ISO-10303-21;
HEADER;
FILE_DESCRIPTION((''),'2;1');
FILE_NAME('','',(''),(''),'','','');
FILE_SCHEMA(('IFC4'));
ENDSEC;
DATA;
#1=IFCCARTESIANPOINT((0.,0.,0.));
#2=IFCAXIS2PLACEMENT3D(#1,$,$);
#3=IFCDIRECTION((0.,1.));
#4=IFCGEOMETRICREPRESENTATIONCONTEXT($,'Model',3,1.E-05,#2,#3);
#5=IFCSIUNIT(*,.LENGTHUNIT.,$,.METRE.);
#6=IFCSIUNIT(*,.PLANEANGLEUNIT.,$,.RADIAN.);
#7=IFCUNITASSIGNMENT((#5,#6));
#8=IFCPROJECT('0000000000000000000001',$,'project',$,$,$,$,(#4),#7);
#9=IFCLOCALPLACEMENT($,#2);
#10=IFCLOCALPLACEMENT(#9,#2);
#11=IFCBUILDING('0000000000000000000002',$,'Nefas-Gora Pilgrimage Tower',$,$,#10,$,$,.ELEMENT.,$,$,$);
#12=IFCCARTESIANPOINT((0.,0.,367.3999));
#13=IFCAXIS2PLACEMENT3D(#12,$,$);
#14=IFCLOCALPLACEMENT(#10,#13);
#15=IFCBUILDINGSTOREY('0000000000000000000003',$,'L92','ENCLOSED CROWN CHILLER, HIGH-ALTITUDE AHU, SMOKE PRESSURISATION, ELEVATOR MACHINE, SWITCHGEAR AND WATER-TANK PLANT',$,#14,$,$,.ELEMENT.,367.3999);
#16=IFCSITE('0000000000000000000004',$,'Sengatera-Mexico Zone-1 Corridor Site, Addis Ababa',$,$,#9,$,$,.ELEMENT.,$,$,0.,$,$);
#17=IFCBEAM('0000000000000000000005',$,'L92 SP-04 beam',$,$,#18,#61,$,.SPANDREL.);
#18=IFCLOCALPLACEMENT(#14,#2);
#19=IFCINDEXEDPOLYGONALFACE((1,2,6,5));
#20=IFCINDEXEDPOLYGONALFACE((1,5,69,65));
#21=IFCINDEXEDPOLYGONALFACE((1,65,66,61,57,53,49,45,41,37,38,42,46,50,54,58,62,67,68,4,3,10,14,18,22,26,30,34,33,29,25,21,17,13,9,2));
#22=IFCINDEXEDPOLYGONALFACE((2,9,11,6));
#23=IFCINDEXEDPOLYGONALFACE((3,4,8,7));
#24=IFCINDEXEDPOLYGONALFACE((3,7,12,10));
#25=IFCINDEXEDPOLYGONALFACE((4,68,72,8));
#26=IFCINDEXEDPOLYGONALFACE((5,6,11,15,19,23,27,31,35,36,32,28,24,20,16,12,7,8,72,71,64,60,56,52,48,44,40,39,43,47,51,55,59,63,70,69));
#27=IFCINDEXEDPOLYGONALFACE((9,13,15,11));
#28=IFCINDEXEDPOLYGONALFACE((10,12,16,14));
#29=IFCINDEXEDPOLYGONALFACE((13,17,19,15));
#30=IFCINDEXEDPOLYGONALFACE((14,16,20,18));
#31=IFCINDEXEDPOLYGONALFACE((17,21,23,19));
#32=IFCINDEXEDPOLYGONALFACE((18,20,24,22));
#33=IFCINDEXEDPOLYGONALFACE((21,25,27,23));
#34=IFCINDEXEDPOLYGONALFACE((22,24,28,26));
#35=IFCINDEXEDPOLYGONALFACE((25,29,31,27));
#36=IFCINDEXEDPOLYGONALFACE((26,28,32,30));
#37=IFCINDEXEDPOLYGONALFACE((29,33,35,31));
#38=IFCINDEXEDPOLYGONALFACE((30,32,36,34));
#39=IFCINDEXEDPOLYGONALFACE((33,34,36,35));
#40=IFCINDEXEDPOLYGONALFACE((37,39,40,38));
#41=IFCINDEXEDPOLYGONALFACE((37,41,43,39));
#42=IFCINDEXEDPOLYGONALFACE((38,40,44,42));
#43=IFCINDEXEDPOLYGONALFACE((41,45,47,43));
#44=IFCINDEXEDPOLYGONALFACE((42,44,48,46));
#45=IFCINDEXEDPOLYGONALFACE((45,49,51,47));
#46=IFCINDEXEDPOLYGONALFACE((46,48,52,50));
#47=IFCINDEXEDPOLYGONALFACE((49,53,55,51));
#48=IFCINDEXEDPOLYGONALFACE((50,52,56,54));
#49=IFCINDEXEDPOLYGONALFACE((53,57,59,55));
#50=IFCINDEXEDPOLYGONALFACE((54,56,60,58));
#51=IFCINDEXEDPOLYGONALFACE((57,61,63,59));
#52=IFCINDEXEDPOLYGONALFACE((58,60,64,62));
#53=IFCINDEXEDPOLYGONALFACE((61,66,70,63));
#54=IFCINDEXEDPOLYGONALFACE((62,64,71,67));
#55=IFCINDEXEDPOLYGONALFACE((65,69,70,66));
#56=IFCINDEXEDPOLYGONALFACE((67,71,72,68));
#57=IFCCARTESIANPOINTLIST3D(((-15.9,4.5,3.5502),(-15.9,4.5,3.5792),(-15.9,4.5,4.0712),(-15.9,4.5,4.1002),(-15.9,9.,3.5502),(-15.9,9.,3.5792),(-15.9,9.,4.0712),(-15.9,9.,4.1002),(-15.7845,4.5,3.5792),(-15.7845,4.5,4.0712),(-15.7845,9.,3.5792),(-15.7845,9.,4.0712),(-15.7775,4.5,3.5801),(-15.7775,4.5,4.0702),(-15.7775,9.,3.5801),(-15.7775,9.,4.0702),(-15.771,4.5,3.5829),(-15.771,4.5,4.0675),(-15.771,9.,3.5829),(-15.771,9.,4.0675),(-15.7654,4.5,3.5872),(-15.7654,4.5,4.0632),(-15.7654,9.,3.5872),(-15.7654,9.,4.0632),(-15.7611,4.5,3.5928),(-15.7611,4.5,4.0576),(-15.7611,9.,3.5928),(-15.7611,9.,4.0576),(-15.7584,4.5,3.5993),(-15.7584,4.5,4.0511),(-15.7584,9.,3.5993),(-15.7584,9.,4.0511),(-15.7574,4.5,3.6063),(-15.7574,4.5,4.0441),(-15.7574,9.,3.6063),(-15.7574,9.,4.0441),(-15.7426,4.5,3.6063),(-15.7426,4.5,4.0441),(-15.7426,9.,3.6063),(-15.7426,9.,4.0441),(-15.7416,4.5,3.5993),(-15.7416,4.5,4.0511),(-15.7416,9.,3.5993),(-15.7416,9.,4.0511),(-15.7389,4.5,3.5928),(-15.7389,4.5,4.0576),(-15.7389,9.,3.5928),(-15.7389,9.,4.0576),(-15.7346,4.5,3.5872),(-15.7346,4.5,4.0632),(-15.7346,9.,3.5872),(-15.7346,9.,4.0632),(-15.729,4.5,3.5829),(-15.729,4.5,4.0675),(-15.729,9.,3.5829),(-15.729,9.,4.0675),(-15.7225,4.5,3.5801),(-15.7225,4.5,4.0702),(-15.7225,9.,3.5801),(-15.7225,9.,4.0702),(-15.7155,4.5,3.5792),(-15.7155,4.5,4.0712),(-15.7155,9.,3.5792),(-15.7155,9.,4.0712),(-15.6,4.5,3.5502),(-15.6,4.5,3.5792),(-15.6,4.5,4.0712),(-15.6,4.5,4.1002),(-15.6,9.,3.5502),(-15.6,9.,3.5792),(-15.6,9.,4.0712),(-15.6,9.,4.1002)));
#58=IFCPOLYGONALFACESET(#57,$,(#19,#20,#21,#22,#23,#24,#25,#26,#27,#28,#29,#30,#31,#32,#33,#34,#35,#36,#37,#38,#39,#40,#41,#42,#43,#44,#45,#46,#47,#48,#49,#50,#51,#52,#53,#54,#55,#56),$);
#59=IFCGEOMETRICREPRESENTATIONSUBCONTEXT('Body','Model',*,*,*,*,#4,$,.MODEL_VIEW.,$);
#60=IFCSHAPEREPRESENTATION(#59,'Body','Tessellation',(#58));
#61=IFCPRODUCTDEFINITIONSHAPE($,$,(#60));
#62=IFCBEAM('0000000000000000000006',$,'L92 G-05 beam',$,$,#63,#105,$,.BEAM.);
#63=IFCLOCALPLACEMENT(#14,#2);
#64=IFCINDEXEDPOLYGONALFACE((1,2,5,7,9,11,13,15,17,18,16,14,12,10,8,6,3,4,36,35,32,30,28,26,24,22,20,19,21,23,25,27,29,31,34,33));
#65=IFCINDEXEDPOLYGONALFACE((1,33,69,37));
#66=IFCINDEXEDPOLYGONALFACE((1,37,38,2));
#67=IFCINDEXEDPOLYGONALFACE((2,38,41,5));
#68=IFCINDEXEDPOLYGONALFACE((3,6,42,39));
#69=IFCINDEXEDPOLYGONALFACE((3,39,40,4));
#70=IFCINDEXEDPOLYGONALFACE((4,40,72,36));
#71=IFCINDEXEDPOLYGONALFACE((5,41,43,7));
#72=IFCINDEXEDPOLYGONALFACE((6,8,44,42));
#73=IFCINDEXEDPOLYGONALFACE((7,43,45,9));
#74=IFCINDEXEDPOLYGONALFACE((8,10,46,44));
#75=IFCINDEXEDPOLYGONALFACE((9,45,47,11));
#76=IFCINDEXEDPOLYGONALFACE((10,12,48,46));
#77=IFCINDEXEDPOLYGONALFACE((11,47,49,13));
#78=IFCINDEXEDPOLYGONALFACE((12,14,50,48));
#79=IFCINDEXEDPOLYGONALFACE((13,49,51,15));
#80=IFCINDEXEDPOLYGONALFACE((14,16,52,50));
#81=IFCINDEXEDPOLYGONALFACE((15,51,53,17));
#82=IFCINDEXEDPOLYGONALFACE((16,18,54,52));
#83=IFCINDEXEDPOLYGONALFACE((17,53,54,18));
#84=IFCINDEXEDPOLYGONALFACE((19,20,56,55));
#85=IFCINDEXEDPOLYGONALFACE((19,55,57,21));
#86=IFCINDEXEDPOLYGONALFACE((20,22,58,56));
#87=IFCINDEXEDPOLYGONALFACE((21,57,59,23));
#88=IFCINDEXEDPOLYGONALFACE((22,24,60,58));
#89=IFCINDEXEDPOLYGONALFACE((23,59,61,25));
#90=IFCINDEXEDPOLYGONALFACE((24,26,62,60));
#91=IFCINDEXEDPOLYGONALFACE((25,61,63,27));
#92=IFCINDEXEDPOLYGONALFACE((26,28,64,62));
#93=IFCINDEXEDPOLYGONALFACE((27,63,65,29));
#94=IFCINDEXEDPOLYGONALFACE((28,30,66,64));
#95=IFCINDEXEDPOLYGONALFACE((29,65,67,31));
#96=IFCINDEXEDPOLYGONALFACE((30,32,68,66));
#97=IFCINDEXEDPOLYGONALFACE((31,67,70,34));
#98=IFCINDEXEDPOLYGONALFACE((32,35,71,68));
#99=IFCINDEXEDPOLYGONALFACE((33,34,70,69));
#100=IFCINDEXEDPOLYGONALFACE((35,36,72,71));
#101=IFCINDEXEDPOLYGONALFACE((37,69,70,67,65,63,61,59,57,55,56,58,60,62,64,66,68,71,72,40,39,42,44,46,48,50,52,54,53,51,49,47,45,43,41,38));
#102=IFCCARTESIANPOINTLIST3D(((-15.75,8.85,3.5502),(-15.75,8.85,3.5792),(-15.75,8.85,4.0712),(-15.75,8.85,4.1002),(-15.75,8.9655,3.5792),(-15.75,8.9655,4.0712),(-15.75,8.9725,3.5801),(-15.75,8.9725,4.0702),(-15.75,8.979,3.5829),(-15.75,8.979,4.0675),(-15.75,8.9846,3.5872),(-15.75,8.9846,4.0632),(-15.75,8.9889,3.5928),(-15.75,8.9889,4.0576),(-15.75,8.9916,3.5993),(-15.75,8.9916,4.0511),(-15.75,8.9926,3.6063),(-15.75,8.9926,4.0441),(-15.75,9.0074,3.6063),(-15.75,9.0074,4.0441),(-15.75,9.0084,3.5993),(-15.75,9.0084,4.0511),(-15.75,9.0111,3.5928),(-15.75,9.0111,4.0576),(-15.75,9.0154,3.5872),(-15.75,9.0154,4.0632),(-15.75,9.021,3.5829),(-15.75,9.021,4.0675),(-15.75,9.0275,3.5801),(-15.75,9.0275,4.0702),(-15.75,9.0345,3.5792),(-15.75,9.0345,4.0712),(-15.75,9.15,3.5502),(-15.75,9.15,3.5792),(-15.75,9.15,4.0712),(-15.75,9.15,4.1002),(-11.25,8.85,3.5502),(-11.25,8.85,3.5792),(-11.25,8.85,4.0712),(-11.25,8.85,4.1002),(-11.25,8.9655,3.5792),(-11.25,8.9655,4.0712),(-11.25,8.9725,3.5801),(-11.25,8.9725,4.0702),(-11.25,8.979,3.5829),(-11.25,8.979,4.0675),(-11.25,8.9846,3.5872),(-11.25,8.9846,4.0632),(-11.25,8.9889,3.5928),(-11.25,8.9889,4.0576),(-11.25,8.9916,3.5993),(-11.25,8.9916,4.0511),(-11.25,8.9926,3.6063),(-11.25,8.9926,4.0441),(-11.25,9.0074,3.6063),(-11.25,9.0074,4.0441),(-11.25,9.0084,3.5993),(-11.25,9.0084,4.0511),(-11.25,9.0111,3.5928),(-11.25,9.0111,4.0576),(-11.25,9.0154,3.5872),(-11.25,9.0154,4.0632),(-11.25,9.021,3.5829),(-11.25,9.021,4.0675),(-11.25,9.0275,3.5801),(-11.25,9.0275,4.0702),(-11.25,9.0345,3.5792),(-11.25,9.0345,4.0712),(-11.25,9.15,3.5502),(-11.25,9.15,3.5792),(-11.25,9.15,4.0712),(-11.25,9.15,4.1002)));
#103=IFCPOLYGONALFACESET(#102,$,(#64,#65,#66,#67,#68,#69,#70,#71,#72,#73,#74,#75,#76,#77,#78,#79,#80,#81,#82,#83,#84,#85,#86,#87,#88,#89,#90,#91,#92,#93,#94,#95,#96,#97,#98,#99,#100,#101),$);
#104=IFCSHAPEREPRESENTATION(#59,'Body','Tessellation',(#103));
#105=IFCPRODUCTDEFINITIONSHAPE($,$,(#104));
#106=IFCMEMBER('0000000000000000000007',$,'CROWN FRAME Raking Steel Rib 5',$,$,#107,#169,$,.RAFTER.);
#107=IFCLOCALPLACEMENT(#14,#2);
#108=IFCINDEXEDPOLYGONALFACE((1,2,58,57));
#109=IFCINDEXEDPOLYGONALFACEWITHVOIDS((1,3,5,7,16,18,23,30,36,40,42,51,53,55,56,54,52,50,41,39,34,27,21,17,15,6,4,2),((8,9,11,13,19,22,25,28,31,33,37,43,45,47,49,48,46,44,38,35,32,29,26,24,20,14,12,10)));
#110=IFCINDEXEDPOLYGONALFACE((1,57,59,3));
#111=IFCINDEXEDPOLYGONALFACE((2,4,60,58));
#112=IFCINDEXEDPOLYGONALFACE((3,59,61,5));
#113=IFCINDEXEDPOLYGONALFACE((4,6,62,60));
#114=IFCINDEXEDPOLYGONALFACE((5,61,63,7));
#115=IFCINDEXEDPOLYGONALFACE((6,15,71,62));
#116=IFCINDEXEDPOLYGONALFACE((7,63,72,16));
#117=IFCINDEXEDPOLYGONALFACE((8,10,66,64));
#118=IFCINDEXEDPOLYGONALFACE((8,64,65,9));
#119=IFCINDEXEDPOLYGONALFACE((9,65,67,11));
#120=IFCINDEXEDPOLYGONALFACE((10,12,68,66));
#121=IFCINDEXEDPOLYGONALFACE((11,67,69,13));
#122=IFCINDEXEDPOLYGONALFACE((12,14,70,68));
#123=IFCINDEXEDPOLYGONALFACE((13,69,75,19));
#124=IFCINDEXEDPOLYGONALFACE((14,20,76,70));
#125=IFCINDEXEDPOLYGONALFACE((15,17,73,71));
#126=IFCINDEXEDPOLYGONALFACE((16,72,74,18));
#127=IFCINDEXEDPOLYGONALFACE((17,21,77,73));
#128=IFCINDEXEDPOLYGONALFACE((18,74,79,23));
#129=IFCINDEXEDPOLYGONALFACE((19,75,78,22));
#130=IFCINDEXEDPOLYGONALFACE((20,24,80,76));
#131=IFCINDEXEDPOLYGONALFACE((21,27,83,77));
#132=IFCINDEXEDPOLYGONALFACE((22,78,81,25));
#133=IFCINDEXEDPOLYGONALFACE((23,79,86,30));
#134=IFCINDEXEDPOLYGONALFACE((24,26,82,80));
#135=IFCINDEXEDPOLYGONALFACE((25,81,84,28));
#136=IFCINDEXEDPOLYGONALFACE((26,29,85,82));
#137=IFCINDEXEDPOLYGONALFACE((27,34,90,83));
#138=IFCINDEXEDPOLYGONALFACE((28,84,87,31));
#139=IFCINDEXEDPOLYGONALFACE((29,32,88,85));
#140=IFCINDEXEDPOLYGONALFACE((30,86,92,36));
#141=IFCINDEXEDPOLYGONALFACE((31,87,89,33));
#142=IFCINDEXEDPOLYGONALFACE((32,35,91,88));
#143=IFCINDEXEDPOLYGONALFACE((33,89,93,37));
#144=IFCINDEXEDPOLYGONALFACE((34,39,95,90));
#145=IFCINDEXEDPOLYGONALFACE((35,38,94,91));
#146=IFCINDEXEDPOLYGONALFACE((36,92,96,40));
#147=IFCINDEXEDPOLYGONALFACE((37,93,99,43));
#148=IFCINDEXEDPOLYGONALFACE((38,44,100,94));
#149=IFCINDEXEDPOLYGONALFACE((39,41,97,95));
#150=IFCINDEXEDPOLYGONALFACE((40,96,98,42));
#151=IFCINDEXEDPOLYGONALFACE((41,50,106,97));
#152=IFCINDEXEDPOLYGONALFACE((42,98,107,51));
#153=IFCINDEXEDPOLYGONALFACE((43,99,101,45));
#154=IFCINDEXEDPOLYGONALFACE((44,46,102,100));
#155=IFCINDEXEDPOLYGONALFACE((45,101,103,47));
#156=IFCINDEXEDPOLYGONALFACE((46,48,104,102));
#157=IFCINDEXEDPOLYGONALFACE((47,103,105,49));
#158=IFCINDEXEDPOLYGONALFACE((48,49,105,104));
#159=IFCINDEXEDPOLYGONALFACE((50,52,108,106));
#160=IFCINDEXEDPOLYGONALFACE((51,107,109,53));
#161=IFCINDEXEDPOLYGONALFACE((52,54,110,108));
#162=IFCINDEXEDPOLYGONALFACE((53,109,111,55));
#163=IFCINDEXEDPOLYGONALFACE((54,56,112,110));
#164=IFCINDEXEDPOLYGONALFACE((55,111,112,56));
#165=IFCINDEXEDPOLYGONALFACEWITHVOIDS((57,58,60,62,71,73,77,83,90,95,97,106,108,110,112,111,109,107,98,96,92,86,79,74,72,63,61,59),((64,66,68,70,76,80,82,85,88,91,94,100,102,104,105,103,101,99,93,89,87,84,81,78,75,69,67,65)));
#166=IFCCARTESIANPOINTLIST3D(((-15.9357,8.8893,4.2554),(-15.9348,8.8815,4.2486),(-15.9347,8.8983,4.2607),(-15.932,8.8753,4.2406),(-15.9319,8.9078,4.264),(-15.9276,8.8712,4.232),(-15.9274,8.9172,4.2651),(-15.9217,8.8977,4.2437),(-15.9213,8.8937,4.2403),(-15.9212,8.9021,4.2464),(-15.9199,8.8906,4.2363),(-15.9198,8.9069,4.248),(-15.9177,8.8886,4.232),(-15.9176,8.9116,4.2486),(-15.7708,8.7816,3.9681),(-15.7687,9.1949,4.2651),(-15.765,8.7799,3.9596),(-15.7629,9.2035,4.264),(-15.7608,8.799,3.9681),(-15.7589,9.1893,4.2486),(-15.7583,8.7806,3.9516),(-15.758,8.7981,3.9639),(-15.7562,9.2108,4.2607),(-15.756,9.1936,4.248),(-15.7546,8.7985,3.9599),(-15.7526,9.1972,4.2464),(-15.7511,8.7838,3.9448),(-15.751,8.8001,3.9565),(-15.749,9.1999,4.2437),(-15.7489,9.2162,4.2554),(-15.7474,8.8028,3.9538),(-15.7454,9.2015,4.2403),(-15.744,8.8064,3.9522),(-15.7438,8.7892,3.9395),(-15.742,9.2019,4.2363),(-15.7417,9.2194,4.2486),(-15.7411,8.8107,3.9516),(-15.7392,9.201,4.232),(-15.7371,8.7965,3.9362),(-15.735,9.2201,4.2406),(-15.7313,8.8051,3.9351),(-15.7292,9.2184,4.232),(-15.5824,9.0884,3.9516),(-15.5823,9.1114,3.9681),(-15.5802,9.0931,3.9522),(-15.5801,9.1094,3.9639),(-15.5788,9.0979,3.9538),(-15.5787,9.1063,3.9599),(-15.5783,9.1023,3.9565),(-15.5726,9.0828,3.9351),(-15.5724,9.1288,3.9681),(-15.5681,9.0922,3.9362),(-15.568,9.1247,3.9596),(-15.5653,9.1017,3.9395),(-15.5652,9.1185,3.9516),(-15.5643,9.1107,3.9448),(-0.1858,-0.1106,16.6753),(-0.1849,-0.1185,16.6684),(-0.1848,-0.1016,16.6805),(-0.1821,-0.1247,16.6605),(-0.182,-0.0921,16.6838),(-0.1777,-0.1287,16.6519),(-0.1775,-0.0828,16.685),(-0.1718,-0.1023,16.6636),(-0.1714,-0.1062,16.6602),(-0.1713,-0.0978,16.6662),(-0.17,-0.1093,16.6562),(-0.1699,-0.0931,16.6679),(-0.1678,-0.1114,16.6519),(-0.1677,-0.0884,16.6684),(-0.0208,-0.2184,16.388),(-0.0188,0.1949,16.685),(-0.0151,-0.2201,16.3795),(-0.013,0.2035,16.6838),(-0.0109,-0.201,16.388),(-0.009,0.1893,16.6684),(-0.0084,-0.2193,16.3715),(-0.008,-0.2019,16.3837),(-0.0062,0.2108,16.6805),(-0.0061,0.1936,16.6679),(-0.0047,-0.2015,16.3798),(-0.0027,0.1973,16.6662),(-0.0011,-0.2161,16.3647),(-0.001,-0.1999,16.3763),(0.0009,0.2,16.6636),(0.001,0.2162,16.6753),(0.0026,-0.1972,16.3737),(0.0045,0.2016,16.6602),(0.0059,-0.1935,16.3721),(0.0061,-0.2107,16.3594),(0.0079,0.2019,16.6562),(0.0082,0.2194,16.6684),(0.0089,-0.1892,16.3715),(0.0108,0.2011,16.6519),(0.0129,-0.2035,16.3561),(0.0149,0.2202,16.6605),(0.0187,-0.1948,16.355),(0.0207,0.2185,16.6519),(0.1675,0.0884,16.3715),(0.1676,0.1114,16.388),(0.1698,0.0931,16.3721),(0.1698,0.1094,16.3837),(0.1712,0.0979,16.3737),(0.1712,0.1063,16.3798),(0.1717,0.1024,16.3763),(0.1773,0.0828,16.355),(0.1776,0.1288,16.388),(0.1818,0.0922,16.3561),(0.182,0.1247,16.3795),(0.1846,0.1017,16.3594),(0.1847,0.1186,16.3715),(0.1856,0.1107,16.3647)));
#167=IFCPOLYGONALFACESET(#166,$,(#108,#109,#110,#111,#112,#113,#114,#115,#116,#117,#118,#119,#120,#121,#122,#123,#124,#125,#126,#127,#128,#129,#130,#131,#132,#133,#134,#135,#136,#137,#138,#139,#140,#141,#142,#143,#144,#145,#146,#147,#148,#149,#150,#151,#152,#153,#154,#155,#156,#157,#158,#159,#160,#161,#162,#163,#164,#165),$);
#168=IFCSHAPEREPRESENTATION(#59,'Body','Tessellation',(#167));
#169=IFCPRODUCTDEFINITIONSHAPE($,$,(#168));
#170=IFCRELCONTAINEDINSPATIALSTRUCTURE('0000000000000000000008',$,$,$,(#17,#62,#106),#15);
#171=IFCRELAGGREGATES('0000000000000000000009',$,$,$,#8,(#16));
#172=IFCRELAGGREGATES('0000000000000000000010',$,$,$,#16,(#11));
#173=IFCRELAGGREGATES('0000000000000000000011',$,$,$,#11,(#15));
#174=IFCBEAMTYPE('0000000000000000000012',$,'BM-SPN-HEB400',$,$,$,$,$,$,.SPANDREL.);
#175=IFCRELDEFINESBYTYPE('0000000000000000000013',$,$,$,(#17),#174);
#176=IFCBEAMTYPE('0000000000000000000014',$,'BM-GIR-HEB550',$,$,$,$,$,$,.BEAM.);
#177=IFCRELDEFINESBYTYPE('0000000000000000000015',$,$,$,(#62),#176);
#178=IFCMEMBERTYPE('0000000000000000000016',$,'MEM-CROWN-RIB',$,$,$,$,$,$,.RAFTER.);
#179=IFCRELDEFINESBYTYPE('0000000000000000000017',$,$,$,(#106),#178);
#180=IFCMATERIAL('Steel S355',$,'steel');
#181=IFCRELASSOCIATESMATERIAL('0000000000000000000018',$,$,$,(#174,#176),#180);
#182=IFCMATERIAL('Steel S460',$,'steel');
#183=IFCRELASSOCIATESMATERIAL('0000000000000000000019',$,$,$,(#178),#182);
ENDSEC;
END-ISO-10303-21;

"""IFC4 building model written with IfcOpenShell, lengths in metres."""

from ifc_helpers import new_model, si_unit, direction, frame, origin, origin_2d, place, context, subcontext, project, spatial, hollow_rectangle, i_section, extrude, source, transform, mapped, material, material_profile, profile_set, type_object, element, save


model = new_model("IFC4")

# Units and contexts
model_context = context("Model", 3, precision=1e-05, world=origin(), true_north=direction((0.0, 1.0)))
body_context = subcontext(model_context, "Body", "Model", "MODEL_VIEW")
ifc_project = project(units=[si_unit("LENGTHUNIT", "METRE"), si_unit("PLANEANGLEUNIT", "RADIAN")], contexts=[model_context])

# Site, building, storey
site_placement = place(None, origin())
site = spatial("IfcSite", under=ifc_project, at=site_placement, Name="Sengatera-Mexico Zone-1 Corridor Site, Addis Ababa", CompositionType="ELEMENT", RefElevation=0.0)
building_placement = place(site_placement, origin())
building = spatial("IfcBuilding", under=site, at=building_placement, Name="Nefas-Gora Pilgrimage Tower", CompositionType="ELEMENT")
storey_placement = place(building_placement, frame((0.0, 0.0, 367.3999)))
storey = spatial("IfcBuildingStorey", under=building, at=storey_placement, Name="L92", Description="ENCLOSED CROWN CHILLER, HIGH-ALTITUDE AHU, SMOKE PRESSURISATION, ELEVATOR MACHINE, SWITCHGEAR AND WATER-TANK PLANT", CompositionType="ELEMENT", Elevation=367.3999)

# Shared definitions
ifc_material_1 = material(Name="Steel S355", Category="steel")

# Beams
ifc_material_profile_1 = material_profile(ifc_material_1, i_section(OverallWidth=0.3, OverallDepth=0.55, WebThickness=0.0149, FlangeThickness=0.0291, FilletRadius=0.0271, at=origin_2d()), Name="HEB 550")
ifc_profile_set_1 = profile_set([ifc_material_profile_1], Name="Steel S355")
beam_type_1 = type_object("IfcBeamType", Name="BM-SPN-HEB400", PredefinedType="SPANDREL", material=ifc_profile_set_1)
shared_shape_1 = source(origin(), body_context, "Body", "SweptSolid", [
    extrude(i_section(OverallWidth=0.3, OverallDepth=0.55, WebThickness=0.0149, FlangeThickness=0.0291, FilletRadius=0.0271, at=origin_2d()), origin(), (0.0, 0.0, 1.0), 4.5),
])
beam_1_placement = place(storey_placement, frame((-15.75, 4.5, 3.8252), z_axis=(0.0, 1.0, 0.0), x_axis=(-1.0, 0.0, 0.0)))
element("IfcBeam", 1, at=beam_1_placement, inside=storey, type_object=beam_type_1, Name="L92 SP-04 beam", PredefinedType="SPANDREL", context=body_context, shape_type="MappedRepresentation", body=[
    mapped(shared_shape_1, transform((0.0, 0.0, 0.0), x_axis=(1.0, 0.0, 0.0), y_axis=(0.0, 1.0, 0.0), z_axis=(0.0, 0.0, 1.0), scale=1.0)),
])
ifc_material_profile_2 = material_profile(ifc_material_1, i_section(OverallWidth=0.3, OverallDepth=0.55, WebThickness=0.0149, FlangeThickness=0.0291, FilletRadius=0.0271, at=origin_2d()), Name="HEB 550")
ifc_profile_set_2 = profile_set([ifc_material_profile_2], Name="Steel S355")
beam_type_2 = type_object("IfcBeamType", Name="BM-GIR-HEB550", PredefinedType="BEAM", material=ifc_profile_set_2)
shared_shape_2 = source(origin(), body_context, "Body", "SweptSolid", [
    extrude(i_section(OverallWidth=0.3, OverallDepth=0.55, WebThickness=0.0149, FlangeThickness=0.0291, FilletRadius=0.0271, at=origin_2d()), origin(), (0.0, 0.0, 1.0), 4.5),
])
beam_2_placement = place(storey_placement, frame((-15.75, 9.0, 3.8252), z_axis=(1.0, 0.0, 0.0), x_axis=(0.0, 1.0, 0.0)))
element("IfcBeam", 2, at=beam_2_placement, inside=storey, type_object=beam_type_2, Name="L92 G-05 beam", PredefinedType="BEAM", context=body_context, shape_type="MappedRepresentation", body=[
    mapped(shared_shape_2, transform((0.0, 0.0, 0.0), x_axis=(1.0, 0.0, 0.0), y_axis=(0.0, 1.0, 0.0), z_axis=(0.0, 0.0, 1.0), scale=1.0)),
])

# Member
ifc_material_2 = material(Name="Steel S460", Category="steel")
ifc_material_profile_3 = material_profile(ifc_material_2, hollow_rectangle(XDim=0.3999, YDim=0.3999, WallThickness=0.02, InnerFilletRadius=0.02, OuterFilletRadius=0.04, at=origin_2d()), Name="SHS 400x400x20")
ifc_profile_set_3 = profile_set([ifc_material_profile_3], Name="Steel S460")
member_type_1 = type_object("IfcMemberType", Name="MEM-CROWN-RIB", PredefinedType="RAFTER", material=ifc_profile_set_3)
shared_shape_3 = source(origin(), body_context, "Body", "SweptSolid", [
    extrude(hollow_rectangle(XDim=0.3999, YDim=0.3999, WallThickness=0.02, InnerFilletRadius=0.02, OuterFilletRadius=0.04, at=origin_2d()), origin(), (0.0, 0.0, 1.0), 21.9844),
])
member_1_placement = place(storey_placement, frame((-15.75, 9.0, 4.1001), z_axis=(0.716415, -0.40938, 0.564941), x_axis=(0.496139, 0.868243, 0.0)))
element("IfcMember", 3, at=member_1_placement, inside=storey, type_object=member_type_1, Name="CROWN FRAME Raking Steel Rib 5", PredefinedType="RAFTER", context=body_context, shape_type="MappedRepresentation", body=[
    mapped(shared_shape_3, transform((0.0, 0.0, 0.0), x_axis=(1.0, 0.0, 0.0), y_axis=(0.0, 1.0, 0.0), z_axis=(0.0, 0.0, 1.0), scale=1.0)),
])

save(model, "model.ifc")
